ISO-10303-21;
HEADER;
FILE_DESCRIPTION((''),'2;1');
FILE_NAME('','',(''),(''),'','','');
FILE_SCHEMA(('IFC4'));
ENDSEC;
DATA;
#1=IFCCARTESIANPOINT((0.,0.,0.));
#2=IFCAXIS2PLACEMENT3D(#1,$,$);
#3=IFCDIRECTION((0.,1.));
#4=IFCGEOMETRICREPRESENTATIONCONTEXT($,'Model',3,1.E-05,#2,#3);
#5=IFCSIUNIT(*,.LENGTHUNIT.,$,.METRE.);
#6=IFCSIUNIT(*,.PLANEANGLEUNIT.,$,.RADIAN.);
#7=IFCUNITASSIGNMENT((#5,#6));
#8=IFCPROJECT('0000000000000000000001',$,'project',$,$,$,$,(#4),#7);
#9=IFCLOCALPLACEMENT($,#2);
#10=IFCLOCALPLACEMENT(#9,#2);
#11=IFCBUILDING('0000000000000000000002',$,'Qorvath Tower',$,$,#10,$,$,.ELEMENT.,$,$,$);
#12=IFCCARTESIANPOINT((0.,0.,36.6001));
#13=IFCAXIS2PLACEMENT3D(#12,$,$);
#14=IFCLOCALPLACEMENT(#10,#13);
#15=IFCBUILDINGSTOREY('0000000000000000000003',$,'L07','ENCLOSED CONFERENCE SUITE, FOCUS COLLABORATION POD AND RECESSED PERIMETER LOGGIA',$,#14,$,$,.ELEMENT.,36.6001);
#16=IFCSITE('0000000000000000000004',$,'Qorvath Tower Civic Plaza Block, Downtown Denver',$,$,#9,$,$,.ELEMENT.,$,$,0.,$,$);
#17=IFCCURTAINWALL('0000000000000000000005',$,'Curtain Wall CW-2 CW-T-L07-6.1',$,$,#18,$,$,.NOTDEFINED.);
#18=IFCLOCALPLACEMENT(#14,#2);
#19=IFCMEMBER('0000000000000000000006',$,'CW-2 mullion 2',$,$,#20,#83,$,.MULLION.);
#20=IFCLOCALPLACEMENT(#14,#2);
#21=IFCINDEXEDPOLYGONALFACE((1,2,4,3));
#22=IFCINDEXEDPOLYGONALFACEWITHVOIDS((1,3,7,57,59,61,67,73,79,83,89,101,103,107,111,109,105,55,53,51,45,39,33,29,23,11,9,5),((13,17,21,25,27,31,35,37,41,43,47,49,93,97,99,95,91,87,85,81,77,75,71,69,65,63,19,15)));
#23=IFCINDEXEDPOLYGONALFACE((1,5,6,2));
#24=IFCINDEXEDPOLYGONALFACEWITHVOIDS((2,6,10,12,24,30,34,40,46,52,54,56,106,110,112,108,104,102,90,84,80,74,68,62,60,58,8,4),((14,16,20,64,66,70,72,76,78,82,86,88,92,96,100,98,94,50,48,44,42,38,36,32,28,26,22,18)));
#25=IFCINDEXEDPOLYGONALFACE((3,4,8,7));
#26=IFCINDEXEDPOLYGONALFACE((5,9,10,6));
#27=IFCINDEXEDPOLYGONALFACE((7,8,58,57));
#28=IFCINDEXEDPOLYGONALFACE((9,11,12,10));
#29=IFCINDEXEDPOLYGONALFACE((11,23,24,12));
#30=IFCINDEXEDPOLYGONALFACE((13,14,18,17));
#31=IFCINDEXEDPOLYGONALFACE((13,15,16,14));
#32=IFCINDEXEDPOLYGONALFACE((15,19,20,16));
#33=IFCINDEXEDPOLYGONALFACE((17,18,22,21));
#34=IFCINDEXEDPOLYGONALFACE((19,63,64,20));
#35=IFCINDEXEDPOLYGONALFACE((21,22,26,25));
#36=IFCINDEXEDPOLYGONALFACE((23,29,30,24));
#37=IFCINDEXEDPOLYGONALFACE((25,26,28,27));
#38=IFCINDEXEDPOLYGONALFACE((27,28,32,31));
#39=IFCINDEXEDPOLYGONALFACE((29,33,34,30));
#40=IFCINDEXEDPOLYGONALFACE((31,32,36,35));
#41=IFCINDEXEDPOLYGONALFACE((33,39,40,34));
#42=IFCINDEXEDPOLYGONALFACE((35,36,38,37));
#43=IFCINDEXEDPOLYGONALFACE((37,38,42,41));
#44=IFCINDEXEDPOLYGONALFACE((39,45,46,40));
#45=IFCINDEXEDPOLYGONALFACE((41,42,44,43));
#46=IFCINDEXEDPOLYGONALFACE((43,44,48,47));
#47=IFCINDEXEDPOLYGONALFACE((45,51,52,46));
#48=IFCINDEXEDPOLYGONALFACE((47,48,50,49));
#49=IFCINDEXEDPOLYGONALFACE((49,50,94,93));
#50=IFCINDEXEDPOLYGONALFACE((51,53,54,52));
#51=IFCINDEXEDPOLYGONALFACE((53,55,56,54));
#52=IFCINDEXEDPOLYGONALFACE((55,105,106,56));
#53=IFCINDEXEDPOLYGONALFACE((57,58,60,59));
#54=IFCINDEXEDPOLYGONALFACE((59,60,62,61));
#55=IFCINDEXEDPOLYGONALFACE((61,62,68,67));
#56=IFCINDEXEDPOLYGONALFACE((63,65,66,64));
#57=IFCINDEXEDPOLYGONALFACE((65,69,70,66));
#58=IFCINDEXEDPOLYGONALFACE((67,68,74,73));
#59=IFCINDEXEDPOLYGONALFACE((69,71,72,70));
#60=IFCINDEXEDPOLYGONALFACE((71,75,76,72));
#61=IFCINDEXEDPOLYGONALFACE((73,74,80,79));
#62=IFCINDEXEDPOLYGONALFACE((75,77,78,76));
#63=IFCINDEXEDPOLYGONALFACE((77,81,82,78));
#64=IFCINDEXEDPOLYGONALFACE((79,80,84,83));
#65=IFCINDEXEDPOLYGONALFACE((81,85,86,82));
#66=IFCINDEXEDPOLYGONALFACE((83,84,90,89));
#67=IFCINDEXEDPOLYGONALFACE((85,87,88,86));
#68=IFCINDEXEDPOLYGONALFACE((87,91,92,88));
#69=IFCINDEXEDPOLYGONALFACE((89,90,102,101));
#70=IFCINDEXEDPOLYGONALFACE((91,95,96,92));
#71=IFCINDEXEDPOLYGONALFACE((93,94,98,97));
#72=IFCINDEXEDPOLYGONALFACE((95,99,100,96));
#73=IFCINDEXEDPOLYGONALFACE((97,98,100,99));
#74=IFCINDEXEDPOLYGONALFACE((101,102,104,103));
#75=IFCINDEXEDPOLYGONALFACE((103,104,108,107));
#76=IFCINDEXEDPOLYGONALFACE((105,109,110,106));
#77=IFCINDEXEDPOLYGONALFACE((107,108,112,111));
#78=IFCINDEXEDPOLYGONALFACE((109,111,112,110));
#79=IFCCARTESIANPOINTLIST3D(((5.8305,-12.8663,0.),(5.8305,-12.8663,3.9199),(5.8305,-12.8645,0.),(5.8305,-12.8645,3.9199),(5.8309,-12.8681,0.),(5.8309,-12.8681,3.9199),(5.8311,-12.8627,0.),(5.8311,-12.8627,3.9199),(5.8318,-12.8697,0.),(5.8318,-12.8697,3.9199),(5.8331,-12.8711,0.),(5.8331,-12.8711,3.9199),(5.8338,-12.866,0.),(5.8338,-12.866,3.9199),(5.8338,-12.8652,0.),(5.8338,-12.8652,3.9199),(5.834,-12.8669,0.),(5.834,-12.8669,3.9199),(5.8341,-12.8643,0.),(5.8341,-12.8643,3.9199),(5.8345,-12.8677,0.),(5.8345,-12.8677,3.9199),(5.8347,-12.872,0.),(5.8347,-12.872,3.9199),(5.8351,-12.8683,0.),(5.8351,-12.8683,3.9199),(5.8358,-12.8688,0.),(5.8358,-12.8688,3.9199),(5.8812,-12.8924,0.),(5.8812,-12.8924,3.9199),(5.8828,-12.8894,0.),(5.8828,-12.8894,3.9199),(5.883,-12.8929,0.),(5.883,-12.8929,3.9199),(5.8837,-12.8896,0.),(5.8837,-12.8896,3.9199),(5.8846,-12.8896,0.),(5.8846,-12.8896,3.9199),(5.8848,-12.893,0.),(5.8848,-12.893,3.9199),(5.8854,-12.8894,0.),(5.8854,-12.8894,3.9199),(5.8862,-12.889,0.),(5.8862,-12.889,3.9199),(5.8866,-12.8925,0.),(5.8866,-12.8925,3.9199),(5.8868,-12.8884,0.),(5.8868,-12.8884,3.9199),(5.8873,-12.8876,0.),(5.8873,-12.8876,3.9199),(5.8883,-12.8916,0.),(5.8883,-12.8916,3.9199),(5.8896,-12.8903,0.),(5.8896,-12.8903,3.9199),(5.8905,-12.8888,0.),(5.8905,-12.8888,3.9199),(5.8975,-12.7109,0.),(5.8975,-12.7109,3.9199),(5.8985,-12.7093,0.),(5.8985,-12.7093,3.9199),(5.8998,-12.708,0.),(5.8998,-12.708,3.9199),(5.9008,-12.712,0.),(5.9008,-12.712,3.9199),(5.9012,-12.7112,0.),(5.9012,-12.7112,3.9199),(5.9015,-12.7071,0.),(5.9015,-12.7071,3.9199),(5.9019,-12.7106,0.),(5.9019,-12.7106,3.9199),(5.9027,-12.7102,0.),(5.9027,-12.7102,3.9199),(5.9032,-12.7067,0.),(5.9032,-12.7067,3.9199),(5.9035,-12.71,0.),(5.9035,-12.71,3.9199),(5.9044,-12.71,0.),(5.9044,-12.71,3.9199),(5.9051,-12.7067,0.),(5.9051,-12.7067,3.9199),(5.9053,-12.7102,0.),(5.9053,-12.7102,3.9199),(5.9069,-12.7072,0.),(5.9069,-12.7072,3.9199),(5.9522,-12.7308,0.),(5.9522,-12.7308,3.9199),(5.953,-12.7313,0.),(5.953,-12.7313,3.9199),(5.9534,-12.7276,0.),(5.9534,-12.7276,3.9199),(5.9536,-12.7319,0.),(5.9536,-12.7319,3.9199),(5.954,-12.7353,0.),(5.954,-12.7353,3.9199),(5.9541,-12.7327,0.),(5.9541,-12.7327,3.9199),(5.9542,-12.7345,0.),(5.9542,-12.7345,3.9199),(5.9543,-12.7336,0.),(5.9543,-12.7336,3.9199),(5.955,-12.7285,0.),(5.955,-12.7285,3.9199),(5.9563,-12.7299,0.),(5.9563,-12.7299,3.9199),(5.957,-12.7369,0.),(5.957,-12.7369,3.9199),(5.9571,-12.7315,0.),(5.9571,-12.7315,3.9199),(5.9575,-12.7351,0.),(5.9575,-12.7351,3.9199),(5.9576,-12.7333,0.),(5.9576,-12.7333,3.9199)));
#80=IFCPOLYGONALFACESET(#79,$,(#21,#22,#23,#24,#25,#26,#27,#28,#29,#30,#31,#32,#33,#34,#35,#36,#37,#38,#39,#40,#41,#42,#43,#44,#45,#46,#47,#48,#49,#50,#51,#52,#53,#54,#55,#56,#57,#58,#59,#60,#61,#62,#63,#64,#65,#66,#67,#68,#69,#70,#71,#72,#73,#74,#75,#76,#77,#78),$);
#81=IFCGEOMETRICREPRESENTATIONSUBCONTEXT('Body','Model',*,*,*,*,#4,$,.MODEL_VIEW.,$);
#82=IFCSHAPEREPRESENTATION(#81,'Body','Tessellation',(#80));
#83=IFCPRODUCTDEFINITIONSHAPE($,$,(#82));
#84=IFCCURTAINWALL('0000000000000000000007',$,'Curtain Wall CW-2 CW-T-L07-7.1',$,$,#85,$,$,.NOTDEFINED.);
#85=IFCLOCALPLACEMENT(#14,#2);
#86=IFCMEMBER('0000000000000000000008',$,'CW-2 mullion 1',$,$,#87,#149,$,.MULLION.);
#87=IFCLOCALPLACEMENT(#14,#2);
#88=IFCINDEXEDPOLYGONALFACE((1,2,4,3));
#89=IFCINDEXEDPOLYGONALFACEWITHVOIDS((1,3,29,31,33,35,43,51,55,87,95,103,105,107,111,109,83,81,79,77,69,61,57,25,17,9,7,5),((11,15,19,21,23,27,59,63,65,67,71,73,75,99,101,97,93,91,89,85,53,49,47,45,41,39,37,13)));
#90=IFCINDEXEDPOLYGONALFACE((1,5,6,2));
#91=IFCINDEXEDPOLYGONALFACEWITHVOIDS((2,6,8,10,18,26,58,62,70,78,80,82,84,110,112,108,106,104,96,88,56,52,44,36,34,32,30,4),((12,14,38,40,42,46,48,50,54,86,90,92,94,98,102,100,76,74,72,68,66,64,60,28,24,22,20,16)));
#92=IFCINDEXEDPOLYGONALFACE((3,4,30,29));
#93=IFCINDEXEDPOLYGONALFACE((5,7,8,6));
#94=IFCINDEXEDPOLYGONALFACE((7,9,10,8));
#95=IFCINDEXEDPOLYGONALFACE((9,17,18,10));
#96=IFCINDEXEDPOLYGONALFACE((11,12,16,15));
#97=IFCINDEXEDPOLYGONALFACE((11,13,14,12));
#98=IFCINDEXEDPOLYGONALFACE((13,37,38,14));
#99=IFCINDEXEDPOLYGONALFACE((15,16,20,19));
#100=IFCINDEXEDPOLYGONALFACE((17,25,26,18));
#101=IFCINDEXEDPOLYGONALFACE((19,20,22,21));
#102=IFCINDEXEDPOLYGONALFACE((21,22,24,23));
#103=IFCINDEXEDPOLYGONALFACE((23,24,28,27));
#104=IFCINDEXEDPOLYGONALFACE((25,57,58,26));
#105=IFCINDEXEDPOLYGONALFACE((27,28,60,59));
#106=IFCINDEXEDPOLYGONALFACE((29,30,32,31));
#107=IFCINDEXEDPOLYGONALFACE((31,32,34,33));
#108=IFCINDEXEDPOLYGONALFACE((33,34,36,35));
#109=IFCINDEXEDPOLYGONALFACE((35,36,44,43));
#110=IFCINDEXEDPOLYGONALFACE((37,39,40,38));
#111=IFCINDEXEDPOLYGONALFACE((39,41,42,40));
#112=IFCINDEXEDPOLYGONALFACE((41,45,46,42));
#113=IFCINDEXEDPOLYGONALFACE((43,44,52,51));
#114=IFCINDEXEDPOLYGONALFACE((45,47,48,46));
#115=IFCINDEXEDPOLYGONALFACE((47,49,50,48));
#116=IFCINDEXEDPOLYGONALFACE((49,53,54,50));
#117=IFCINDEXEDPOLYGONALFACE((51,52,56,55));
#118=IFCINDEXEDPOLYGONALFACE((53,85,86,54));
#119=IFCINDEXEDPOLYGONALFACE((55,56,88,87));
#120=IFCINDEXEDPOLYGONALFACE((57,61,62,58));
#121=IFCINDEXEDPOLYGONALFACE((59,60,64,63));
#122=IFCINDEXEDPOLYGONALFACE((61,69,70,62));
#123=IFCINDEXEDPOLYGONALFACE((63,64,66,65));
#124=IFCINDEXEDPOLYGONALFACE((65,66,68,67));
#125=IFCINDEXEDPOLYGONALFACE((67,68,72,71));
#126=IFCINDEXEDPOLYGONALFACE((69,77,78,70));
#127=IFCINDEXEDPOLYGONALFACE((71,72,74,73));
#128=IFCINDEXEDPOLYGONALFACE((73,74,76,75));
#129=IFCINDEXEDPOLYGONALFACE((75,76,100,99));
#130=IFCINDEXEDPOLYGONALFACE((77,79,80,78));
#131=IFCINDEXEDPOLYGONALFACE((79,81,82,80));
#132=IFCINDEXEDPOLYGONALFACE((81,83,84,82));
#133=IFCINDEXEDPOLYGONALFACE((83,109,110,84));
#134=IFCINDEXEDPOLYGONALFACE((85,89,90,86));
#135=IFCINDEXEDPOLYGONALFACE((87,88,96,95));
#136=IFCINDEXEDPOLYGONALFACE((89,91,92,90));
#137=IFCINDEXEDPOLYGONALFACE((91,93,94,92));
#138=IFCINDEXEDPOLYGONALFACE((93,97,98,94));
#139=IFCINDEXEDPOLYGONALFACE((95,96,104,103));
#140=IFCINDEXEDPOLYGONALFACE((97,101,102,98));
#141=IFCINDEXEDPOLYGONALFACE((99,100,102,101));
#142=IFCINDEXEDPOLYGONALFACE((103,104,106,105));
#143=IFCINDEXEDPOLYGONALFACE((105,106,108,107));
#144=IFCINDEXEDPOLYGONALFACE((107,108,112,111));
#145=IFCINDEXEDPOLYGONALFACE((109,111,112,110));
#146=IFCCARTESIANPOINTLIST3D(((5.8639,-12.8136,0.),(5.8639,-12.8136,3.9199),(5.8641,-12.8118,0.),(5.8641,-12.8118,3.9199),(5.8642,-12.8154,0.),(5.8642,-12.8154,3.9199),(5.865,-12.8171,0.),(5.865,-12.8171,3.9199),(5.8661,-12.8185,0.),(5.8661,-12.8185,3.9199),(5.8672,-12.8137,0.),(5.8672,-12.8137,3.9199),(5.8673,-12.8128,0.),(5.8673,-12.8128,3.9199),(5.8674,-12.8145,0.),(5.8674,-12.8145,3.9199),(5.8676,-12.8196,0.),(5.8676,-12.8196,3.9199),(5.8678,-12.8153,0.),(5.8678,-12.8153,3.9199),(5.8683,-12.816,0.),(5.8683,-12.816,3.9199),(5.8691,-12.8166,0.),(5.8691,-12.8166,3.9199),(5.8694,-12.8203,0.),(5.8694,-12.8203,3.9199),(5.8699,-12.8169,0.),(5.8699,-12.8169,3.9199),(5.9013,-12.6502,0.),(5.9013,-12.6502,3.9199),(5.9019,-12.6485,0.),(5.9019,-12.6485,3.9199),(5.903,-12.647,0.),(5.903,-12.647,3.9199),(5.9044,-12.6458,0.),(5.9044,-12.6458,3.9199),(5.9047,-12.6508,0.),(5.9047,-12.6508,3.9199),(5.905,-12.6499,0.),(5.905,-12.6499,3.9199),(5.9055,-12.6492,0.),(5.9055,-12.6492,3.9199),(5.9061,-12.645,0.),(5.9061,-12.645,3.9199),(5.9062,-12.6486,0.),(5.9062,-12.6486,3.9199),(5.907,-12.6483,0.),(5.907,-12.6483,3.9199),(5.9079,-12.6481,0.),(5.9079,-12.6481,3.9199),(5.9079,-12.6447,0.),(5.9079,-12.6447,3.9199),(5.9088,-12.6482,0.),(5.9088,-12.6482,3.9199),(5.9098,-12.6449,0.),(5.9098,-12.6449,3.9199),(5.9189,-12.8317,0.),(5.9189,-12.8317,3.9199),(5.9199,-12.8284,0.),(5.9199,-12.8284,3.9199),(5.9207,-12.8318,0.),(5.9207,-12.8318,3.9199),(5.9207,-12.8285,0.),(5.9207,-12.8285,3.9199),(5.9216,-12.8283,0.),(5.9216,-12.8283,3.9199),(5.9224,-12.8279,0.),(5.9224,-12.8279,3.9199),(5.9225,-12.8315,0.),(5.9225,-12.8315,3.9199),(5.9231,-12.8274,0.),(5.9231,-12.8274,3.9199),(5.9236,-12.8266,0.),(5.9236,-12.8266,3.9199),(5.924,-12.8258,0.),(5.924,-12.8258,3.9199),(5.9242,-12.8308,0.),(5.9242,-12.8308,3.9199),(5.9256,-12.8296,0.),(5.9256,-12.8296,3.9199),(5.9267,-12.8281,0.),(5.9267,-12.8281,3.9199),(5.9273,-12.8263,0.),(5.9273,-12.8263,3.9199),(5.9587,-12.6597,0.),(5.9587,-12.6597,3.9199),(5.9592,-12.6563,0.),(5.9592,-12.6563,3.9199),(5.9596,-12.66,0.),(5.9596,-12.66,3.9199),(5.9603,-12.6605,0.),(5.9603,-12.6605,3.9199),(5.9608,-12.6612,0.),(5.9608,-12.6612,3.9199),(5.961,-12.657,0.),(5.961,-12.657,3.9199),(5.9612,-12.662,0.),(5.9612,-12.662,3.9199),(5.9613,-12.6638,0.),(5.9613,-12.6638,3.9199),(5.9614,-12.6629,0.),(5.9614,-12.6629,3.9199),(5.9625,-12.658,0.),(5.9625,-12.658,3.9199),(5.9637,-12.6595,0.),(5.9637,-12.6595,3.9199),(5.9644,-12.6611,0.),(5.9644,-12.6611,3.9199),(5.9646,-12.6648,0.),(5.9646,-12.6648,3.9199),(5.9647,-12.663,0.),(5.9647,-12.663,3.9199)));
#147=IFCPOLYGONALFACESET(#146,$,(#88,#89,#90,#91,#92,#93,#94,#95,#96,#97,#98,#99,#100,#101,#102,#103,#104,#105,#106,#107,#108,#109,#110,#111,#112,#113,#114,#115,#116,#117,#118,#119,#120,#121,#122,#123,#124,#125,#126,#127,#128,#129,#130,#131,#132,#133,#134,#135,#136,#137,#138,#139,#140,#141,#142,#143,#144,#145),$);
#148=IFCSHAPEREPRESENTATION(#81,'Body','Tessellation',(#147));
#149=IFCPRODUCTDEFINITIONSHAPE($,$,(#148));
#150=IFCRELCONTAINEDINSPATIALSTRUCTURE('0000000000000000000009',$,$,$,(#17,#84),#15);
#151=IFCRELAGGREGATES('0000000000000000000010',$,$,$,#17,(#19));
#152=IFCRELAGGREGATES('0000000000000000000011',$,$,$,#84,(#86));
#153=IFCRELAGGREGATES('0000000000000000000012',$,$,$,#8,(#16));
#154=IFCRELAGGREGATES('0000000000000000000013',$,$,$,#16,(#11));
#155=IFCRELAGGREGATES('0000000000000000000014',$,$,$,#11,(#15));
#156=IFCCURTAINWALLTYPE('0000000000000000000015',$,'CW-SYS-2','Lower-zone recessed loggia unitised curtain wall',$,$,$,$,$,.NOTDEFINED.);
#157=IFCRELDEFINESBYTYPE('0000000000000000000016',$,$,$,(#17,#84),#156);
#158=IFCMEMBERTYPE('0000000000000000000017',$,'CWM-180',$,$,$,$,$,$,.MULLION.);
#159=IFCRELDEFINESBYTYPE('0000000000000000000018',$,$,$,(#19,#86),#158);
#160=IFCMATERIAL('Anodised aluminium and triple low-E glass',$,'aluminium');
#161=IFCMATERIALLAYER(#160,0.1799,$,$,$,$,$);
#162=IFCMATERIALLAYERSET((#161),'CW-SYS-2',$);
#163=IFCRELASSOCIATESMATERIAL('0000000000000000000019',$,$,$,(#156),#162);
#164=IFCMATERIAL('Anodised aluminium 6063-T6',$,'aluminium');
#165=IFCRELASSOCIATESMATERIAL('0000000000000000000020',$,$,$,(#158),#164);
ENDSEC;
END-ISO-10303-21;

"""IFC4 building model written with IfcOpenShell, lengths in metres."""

from ifc_helpers import new_model, si_unit, direction, frame, origin, origin_2d, place, context, subcontext, project, spatial, hollow_rectangle, extrude, material, layer, layer_set, material_profile, profile_set, type_object, element, aggregate, save


model = new_model("IFC4")

# Units and contexts
model_context = context("Model", 3, precision=1e-05, world=origin(), true_north=direction((0.0, 1.0)))
body_context = subcontext(model_context, "Body", "Model", "MODEL_VIEW")
ifc_project = project(units=[si_unit("LENGTHUNIT", "METRE"), si_unit("PLANEANGLEUNIT", "RADIAN")], contexts=[model_context])

# Site, building, storey
site_placement = place(None, origin())
site = spatial("IfcSite", under=ifc_project, at=site_placement, Name="Qorvath Tower Civic Plaza Block, Downtown Denver", CompositionType="ELEMENT", RefElevation=0.0)
building_placement = place(site_placement, origin())
building = spatial("IfcBuilding", under=site, at=building_placement, Name="Qorvath Tower", CompositionType="ELEMENT")
storey_placement = place(building_placement, frame((0.0, 0.0, 36.6001)))
storey = spatial("IfcBuildingStorey", under=building, at=storey_placement, Name="L07", Description="ENCLOSED CONFERENCE SUITE, FOCUS COLLABORATION POD AND RECESSED PERIMETER LOGGIA", CompositionType="ELEMENT", Elevation=36.6001)

# Curtain wall, member
ifc_material_1 = material(Name="Anodised aluminium and triple low-E glass", Category="aluminium")
ifc_layer_1 = layer(ifc_material_1, 0.1799)
ifc_layer_set_1 = layer_set([ifc_layer_1], Name="CW-SYS-2")
curtain_wall_type = type_object("IfcCurtainWallType", Name="CW-SYS-2", Description="Lower-zone recessed loggia unitised curtain wall", PredefinedType="NOTDEFINED", material=ifc_layer_set_1)
ifc_material_2 = material(Name="Anodised aluminium 6063-T6", Category="aluminium")
ifc_material_profile_1 = material_profile(ifc_material_2, hollow_rectangle(XDim=0.0649, YDim=0.1799, WallThickness=0.0034, InnerFilletRadius=0.0034, OuterFilletRadius=0.0071, at=origin_2d()), Name="CWM 180x65")
ifc_profile_set_1 = profile_set([ifc_material_profile_1], Name="Anodised aluminium 6063-T6")
member_type_1 = type_object("IfcMemberType", Name="CWM-180", PredefinedType="MULLION", material=ifc_profile_set_1)
curtain_wall_1_placement = place(storey_placement, origin())
curtain_wall_1 = element("IfcCurtainWall", 1, at=curtain_wall_1_placement, inside=storey, type_object=curtain_wall_type, Name="Curtain Wall CW-2 CW-T-L07-6.1", PredefinedType="NOTDEFINED")
member_1_placement = place(storey_placement, frame((5.894, -12.7998, 0.0), z_axis=(0.0, 0.0, 1.0), x_axis=(-0.916026, 0.401118, 0.0)))
member_1 = element("IfcMember", 2, at=member_1_placement, type_object=member_type_1, Name="CW-2 mullion 2", PredefinedType="MULLION", context=body_context, shape_type="SweptSolid", body=[
    extrude(hollow_rectangle(XDim=0.0649, YDim=0.1799, WallThickness=0.0034, InnerFilletRadius=0.0034, OuterFilletRadius=0.0071, at=origin_2d()), origin(), (0.0, 0.0, 1.0), 3.9199),
])

# Curtain wall, member
curtain_wall_2_placement = place(storey_placement, origin())
curtain_wall_2 = element("IfcCurtainWall", 3, at=curtain_wall_2_placement, inside=storey, type_object=curtain_wall_type, Name="Curtain Wall CW-2 CW-T-L07-7.1", PredefinedType="NOTDEFINED")
member_2_placement = place(storey_placement, frame((5.9143, -12.7383, 0.0), z_axis=(0.0, 0.0, 1.0), x_axis=(-0.974481, 0.224471, 0.0)))
member_2 = element("IfcMember", 4, at=member_2_placement, type_object=member_type_1, Name="CW-2 mullion 1", PredefinedType="MULLION", context=body_context, shape_type="SweptSolid", body=[
    extrude(hollow_rectangle(XDim=0.0649, YDim=0.1799, WallThickness=0.0034, InnerFilletRadius=0.0034, OuterFilletRadius=0.0071, at=origin_2d()), origin(), (0.0, 0.0, 1.0), 3.9199),
])

aggregate(curtain_wall_1, [member_1])
aggregate(curtain_wall_2, [member_2])

save(model, "model.ifc")
